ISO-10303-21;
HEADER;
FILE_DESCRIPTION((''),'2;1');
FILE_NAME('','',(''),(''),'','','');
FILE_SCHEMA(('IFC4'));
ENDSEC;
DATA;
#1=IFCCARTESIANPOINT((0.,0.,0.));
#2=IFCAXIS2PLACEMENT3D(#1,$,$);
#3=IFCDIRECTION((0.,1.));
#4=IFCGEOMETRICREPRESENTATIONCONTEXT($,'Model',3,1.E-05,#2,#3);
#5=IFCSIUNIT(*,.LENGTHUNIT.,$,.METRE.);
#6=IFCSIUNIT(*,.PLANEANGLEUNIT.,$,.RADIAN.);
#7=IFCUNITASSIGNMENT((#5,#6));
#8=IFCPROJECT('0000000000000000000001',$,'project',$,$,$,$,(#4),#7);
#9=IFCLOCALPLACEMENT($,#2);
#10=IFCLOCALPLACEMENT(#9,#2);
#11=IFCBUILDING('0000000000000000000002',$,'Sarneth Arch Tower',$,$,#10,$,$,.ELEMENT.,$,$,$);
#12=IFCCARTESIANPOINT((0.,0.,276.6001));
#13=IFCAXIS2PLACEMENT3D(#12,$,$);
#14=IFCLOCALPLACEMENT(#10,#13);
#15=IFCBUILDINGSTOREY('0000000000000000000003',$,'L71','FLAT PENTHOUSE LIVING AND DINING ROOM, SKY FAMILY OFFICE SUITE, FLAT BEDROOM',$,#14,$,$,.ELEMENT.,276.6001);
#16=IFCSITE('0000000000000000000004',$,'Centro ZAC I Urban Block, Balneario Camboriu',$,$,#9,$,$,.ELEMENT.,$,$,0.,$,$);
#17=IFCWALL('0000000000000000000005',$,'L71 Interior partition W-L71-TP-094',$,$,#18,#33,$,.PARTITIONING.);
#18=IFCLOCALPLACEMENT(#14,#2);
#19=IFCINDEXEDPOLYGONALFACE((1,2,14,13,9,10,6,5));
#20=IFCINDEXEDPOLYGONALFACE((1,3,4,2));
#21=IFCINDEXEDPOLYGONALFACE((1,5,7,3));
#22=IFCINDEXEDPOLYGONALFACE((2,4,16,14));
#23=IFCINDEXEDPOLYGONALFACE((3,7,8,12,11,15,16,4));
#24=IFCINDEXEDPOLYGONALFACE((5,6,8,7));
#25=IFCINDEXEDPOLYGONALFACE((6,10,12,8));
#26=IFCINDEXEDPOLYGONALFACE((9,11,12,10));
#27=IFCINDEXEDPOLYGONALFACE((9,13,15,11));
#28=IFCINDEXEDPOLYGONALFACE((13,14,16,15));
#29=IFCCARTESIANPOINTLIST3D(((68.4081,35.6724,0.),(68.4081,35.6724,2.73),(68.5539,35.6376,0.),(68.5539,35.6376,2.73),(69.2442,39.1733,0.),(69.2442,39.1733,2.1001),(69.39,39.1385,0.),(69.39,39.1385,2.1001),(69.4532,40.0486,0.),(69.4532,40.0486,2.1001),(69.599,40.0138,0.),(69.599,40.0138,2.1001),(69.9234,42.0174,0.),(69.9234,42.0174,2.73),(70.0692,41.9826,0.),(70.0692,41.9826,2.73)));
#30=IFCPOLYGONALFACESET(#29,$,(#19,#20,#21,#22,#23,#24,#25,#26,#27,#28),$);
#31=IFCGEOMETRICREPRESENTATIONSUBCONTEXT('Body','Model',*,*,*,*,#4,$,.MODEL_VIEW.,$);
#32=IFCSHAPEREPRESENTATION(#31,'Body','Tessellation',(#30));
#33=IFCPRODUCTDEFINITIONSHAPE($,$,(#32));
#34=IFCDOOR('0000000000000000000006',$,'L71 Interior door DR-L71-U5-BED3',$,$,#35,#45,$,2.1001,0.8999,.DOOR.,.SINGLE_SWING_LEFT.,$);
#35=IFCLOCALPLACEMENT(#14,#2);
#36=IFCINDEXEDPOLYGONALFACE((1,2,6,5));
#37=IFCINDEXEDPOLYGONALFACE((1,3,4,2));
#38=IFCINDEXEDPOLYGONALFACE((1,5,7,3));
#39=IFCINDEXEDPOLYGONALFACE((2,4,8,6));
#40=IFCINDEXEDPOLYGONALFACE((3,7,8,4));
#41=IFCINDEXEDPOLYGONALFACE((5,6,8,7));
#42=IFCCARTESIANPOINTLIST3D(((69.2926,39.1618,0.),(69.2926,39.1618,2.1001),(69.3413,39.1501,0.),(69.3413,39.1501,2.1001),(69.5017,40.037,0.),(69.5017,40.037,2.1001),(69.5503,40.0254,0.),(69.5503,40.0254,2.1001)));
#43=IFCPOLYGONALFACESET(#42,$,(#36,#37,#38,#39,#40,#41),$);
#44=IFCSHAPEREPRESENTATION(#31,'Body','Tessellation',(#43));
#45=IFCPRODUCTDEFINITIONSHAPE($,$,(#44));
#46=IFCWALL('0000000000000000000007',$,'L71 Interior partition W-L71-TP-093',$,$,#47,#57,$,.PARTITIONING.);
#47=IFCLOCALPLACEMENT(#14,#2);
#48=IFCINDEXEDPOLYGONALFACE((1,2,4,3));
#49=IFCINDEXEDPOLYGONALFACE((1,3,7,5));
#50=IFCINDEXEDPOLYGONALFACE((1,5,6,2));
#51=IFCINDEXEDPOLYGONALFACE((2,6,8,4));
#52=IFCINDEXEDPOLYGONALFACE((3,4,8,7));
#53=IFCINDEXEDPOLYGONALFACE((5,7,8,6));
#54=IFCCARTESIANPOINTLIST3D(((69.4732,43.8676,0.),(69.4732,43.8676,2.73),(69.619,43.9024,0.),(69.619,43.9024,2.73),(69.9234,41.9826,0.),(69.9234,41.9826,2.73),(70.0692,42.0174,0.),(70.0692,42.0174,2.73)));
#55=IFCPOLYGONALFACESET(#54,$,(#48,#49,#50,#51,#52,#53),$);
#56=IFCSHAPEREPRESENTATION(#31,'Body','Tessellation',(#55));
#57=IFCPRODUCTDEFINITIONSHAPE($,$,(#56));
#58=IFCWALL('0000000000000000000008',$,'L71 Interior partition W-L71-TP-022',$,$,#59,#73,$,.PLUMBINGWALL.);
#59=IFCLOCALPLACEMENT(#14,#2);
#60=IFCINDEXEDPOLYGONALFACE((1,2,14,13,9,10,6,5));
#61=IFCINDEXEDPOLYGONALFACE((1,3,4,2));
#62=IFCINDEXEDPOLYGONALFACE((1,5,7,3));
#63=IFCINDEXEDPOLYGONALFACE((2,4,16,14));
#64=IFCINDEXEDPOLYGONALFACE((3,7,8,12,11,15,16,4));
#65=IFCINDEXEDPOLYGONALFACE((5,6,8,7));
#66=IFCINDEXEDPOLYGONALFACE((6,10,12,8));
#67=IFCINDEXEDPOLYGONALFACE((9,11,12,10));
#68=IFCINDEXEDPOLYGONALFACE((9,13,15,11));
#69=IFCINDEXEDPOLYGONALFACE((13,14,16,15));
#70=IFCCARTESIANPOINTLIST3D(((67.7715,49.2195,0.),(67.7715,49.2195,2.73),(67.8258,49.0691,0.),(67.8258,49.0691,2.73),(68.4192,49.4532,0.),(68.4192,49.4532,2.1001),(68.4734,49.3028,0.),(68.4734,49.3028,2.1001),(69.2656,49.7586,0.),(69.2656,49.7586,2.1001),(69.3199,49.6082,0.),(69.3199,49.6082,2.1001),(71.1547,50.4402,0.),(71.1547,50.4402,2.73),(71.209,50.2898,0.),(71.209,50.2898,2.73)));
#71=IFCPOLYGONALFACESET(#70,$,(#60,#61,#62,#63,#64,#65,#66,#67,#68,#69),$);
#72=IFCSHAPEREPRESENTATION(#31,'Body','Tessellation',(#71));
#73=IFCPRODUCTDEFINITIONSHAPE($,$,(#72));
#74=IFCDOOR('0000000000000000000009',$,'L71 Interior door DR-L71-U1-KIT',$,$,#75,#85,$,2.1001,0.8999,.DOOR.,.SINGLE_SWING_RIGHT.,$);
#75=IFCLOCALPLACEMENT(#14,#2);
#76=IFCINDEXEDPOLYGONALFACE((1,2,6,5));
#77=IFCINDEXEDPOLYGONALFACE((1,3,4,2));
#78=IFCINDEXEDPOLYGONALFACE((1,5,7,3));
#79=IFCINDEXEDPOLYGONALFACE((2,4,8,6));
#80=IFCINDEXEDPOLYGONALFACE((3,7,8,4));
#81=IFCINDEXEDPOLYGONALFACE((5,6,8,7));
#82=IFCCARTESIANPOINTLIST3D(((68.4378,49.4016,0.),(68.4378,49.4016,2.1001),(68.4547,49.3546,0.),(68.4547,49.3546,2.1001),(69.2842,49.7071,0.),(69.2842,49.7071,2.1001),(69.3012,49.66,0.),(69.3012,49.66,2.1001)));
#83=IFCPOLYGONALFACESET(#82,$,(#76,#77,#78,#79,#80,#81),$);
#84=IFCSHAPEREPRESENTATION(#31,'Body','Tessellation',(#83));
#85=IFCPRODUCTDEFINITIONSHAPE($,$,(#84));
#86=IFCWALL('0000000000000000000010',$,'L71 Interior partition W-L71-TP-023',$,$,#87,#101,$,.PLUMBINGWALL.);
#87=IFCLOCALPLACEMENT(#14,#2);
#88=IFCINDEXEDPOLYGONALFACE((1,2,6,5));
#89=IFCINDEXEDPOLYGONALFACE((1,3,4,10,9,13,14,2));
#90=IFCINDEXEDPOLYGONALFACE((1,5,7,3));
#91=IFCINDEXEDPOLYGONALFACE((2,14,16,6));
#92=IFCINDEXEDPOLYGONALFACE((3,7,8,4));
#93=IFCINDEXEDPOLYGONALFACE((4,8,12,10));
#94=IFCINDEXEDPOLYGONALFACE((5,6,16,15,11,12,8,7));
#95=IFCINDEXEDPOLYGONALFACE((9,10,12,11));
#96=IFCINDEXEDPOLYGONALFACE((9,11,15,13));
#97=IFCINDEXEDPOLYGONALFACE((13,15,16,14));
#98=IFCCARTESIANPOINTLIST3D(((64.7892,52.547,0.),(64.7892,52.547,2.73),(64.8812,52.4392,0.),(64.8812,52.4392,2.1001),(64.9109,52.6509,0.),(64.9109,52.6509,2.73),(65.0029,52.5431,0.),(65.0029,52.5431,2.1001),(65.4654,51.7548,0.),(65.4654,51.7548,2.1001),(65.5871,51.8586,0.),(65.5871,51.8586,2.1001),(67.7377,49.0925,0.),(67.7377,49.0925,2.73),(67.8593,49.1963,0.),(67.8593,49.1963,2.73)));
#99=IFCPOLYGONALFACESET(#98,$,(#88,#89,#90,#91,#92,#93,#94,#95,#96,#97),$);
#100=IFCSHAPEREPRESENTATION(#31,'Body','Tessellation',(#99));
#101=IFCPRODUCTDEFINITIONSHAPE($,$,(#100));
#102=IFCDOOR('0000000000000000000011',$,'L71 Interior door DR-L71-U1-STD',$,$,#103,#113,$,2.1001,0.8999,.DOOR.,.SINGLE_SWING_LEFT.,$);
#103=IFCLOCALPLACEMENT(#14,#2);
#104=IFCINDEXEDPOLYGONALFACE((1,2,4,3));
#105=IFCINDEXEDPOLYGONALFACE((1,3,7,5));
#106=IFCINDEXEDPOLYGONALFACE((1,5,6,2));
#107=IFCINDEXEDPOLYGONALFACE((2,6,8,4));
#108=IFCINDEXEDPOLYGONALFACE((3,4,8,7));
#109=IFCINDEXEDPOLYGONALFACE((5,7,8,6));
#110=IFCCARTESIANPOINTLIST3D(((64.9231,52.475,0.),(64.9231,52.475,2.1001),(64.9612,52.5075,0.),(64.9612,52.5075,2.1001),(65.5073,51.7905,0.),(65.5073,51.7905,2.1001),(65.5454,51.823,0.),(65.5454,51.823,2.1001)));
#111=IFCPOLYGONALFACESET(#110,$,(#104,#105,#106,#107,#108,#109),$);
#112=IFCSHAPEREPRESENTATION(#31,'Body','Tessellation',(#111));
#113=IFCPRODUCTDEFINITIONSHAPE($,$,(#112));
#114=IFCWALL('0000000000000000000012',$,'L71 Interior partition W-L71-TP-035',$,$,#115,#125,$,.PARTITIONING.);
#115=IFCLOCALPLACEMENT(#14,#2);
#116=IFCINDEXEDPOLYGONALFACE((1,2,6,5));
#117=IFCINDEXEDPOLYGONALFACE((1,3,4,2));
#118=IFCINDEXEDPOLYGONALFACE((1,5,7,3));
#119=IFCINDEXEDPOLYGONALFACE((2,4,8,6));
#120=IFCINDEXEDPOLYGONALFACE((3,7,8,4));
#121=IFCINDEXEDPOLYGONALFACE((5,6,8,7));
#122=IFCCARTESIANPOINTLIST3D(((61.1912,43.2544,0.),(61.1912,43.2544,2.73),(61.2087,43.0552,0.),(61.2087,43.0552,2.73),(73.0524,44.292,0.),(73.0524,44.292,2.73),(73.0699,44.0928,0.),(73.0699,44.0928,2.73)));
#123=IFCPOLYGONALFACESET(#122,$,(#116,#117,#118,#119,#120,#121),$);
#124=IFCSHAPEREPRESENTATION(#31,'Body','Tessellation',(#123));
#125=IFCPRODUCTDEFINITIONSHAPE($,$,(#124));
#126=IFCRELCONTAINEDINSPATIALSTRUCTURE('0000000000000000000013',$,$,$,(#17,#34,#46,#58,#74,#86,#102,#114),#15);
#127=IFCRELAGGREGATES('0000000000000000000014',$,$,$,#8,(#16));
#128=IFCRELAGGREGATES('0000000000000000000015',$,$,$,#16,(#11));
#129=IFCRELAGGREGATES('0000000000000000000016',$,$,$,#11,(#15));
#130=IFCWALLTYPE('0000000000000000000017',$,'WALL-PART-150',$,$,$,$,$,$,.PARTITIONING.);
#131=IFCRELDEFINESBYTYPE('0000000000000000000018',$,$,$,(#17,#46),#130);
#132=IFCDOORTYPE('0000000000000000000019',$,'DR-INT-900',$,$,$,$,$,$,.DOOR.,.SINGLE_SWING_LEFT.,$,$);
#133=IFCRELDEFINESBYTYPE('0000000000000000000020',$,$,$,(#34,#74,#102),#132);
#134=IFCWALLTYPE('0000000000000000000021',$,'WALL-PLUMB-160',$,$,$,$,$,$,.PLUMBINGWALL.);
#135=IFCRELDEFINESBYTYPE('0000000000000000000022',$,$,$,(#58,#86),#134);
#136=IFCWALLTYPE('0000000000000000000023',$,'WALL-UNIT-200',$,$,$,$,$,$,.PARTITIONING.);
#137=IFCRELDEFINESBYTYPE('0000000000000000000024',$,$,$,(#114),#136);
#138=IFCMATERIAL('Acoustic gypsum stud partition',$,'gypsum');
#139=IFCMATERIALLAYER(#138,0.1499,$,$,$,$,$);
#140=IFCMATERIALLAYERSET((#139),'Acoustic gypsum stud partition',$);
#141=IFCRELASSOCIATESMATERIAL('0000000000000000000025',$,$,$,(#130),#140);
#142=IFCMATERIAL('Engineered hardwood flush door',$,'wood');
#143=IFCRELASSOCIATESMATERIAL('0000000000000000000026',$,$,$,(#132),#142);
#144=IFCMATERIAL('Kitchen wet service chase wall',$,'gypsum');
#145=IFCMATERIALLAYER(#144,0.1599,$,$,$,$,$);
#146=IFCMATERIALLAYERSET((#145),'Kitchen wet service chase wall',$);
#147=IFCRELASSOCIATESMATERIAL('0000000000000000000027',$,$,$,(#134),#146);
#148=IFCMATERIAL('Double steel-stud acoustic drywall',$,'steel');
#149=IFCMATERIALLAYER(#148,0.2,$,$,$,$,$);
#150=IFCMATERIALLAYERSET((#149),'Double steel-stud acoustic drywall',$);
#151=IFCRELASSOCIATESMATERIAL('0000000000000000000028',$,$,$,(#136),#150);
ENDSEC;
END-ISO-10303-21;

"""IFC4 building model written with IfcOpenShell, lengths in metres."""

from ifc_helpers import new_model, si_unit, direction, frame, frame_2d, origin, place, context, subcontext, project, spatial, rectangle, extrude, material, layer, layer_set, type_object, element, fill, save


model = new_model("IFC4")

# Units and contexts
model_context = context("Model", 3, precision=1e-05, world=origin(), true_north=direction((0.0, 1.0)))
body_context = subcontext(model_context, "Body", "Model", "MODEL_VIEW")
ifc_project = project(units=[si_unit("LENGTHUNIT", "METRE"), si_unit("PLANEANGLEUNIT", "RADIAN")], contexts=[model_context])

# Site, building, storey
site_placement = place(None, origin())
site = spatial("IfcSite", under=ifc_project, at=site_placement, Name="Centro ZAC I Urban Block, Balneario Camboriu", CompositionType="ELEMENT", RefElevation=0.0)
building_placement = place(site_placement, origin())
building = spatial("IfcBuilding", under=site, at=building_placement, Name="Sarneth Arch Tower", CompositionType="ELEMENT")
storey_placement = place(building_placement, frame((0.0, 0.0, 276.6001)))
storey = spatial("IfcBuildingStorey", under=building, at=storey_placement, Name="L71", Description="FLAT PENTHOUSE LIVING AND DINING ROOM, SKY FAMILY OFFICE SUITE, FLAT BEDROOM", CompositionType="ELEMENT", Elevation=276.6001)

# Wall, opening, door
ifc_material_1 = material(Name="Acoustic gypsum stud partition", Category="gypsum")
ifc_layer_1 = layer(ifc_material_1, 0.1499)
ifc_layer_set_1 = layer_set([ifc_layer_1], Name="Acoustic gypsum stud partition")
wall_type_1 = type_object("IfcWallType", Name="WALL-PART-150", PredefinedType="PARTITIONING", material=ifc_layer_set_1)
wall_1_placement = place(storey_placement, frame((69.9963, 42.0, 0.0), z_axis=(0.0, 0.0, 1.0), x_axis=(-0.232298, -0.972645, 0.0)))
wall_1 = element("IfcWall", 1, at=wall_1_placement, inside=storey, type_object=wall_type_1, Name="L71 Interior partition W-L71-TP-094", PredefinedType="PARTITIONING", context=body_context, shape_type="SweptSolid", body=[
    extrude(rectangle(XDim=6.5234, YDim=0.1499, at=frame_2d((3.2617, 0.0))), origin(), (0.0, 0.0, 1.0), 2.73),
])
opening_1_placement = place(wall_1_placement, frame((2.0242, 0.0, 0.0)))
opening_1 = element("IfcOpeningElement", 2, at=opening_1_placement, cuts=wall_1, PredefinedType="OPENING", context=body_context, shape_type="SweptSolid", body=[
    extrude(rectangle(XDim=0.8999, YDim=2.1001, at=frame_2d((0.45, 1.05))), frame((0.0, 0.085, 0.0), z_axis=(0.0, -1.0, 0.0), x_axis=(1.0, 0.0, 0.0)), (0.0, 0.0, 1.0), 0.1699),
])
ifc_material_2 = material(Name="Engineered hardwood flush door", Category="wood")
door_type_1 = type_object("IfcDoorType", Name="DR-INT-900", OperationType="SINGLE_SWING_LEFT", PredefinedType="DOOR", material=ifc_material_2)
door_1_placement = place(opening_1_placement, origin())
door_1 = element("IfcDoor", 3, at=door_1_placement, inside=storey, type_object=door_type_1, Name="L71 Interior door DR-L71-U5-BED3", OperationType="SINGLE_SWING_LEFT", OverallHeight=2.1001, OverallWidth=0.8999, PredefinedType="DOOR", context=body_context, shape_type="SweptSolid", body=[
    extrude(rectangle(XDim=0.8999, YDim=2.1001, at=frame_2d((0.45, 1.05))), frame((0.0, 0.0249, 0.0), z_axis=(0.0, -1.0, 0.0), x_axis=(1.0, 0.0, 0.0)), (0.0, 0.0, 1.0), 0.05),
])
fill(opening_1, door_1)

# Wall
wall_2_placement = place(storey_placement, frame((69.5461, 43.885, 0.0), z_axis=(0.0, 0.0, 1.0), x_axis=(0.232296, -0.972645, 0.0)))
element("IfcWall", 4, at=wall_2_placement, inside=storey, type_object=wall_type_1, Name="L71 Interior partition W-L71-TP-093", PredefinedType="PARTITIONING", context=body_context, shape_type="SweptSolid", body=[
    extrude(rectangle(XDim=1.938, YDim=0.1499, at=frame_2d((0.969, 0.0))), origin(), (0.0, 0.0, 1.0), 2.73),
])

# Walls, openings, doors
ifc_material_3 = material(Name="Kitchen wet service chase wall", Category="gypsum")
ifc_layer_2 = layer(ifc_material_3, 0.1599)
ifc_layer_set_2 = layer_set([ifc_layer_2], Name="Kitchen wet service chase wall")
wall_type_2 = type_object("IfcWallType", Name="WALL-PLUMB-160", PredefinedType="PLUMBINGWALL", material=ifc_layer_set_2)
wall_3_placement = place(storey_placement, frame((71.1819, 50.365, 0.0), z_axis=(0.0, 0.0, 1.0), x_axis=(-0.940647, -0.339388, 0.0)))
wall_3 = element("IfcWall", 5, at=wall_3_placement, inside=storey, type_object=wall_type_2, Name="L71 Interior partition W-L71-TP-022", PredefinedType="PLUMBINGWALL", context=body_context, shape_type="SweptSolid", body=[
    extrude(rectangle(XDim=3.5967, YDim=0.1599, at=frame_2d((1.7983, 0.0))), origin(), (0.0, 0.0, 1.0), 2.73),
])
opening_2_placement = place(wall_3_placement, frame((2.0083, 0.0, 0.0)))
opening_2 = element("IfcOpeningElement", 6, at=opening_2_placement, cuts=wall_3, PredefinedType="OPENING", context=body_context, shape_type="SweptSolid", body=[
    extrude(rectangle(XDim=0.8999, YDim=2.1001, at=frame_2d((0.45, 1.05))), frame((0.0, 0.0898, 0.0), z_axis=(0.0, -1.0, 0.0), x_axis=(1.0, 0.0, 0.0)), (0.0, 0.0, 1.0), 0.1799),
])
door_2_placement = place(opening_2_placement, origin())
door_2 = element("IfcDoor", 7, at=door_2_placement, inside=storey, type_object=door_type_1, Name="L71 Interior door DR-L71-U1-KIT", OperationType="SINGLE_SWING_RIGHT", OverallHeight=2.1001, OverallWidth=0.8999, PredefinedType="DOOR", context=body_context, shape_type="SweptSolid", body=[
    extrude(rectangle(XDim=0.8999, YDim=2.1001, at=frame_2d((0.45, 1.05))), frame((0.0, 0.0249, 0.0), z_axis=(0.0, -1.0, 0.0), x_axis=(1.0, 0.0, 0.0)), (0.0, 0.0, 1.0), 0.05),
])
fill(opening_2, door_2)
wall_4_placement = place(storey_placement, frame((67.7986, 49.1443, 0.0), z_axis=(0.0, 0.0, 1.0), x_axis=(-0.649192, 0.760625, 0.0)))
wall_4 = element("IfcWall", 8, at=wall_4_placement, inside=storey, type_object=wall_type_2, Name="L71 Interior partition W-L71-TP-023", PredefinedType="PLUMBINGWALL", context=body_context, shape_type="SweptSolid", body=[
    extrude(rectangle(XDim=4.5417, YDim=0.1599, at=frame_2d((2.271, 0.0))), origin(), (0.0, 0.0, 1.0), 2.73),
])
opening_3_placement = place(wall_4_placement, frame((3.5002, 0.0, 0.0)))
opening_3 = element("IfcOpeningElement", 9, at=opening_3_placement, cuts=wall_4, PredefinedType="OPENING", context=body_context, shape_type="SweptSolid", body=[
    extrude(rectangle(XDim=0.8999, YDim=2.1001, at=frame_2d((0.45, 1.05))), frame((0.0, 0.0898, 0.0), z_axis=(0.0, -1.0, 0.0), x_axis=(1.0, 0.0, 0.0)), (0.0, 0.0, 1.0), 0.1799),
])
door_3_placement = place(opening_3_placement, origin())
door_3 = element("IfcDoor", 10, at=door_3_placement, inside=storey, type_object=door_type_1, Name="L71 Interior door DR-L71-U1-STD", OperationType="SINGLE_SWING_LEFT", OverallHeight=2.1001, OverallWidth=0.8999, PredefinedType="DOOR", context=body_context, shape_type="SweptSolid", body=[
    extrude(rectangle(XDim=0.8999, YDim=2.1001, at=frame_2d((0.45, 1.05))), frame((0.0, 0.0249, 0.0), z_axis=(0.0, -1.0, 0.0), x_axis=(1.0, 0.0, 0.0)), (0.0, 0.0, 1.0), 0.05),
])
fill(opening_3, door_3)

# Wall
ifc_material_4 = material(Name="Double steel-stud acoustic drywall", Category="steel")
ifc_layer_3 = layer(ifc_material_4, 0.2)
ifc_layer_set_3 = layer_set([ifc_layer_3], Name="Double steel-stud acoustic drywall")
wall_type_3 = type_object("IfcWallType", Name="WALL-UNIT-200", PredefinedType="PARTITIONING", material=ifc_layer_set_3)
wall_5_placement = place(storey_placement, frame((73.061, 44.1924, 0.0), z_axis=(0.0, 0.0, 1.0), x_axis=(-0.996196, -0.087146, 0.0)))
element("IfcWall", 11, at=wall_5_placement, inside=storey, type_object=wall_type_3, Name="L71 Interior partition W-L71-TP-035", PredefinedType="PARTITIONING", context=body_context, shape_type="SweptSolid", body=[
    extrude(rectangle(XDim=11.9065, YDim=0.2, at=frame_2d((5.9531, 0.0))), origin(), (0.0, 0.0, 1.0), 2.73),
])

save(model, "model.ifc")
